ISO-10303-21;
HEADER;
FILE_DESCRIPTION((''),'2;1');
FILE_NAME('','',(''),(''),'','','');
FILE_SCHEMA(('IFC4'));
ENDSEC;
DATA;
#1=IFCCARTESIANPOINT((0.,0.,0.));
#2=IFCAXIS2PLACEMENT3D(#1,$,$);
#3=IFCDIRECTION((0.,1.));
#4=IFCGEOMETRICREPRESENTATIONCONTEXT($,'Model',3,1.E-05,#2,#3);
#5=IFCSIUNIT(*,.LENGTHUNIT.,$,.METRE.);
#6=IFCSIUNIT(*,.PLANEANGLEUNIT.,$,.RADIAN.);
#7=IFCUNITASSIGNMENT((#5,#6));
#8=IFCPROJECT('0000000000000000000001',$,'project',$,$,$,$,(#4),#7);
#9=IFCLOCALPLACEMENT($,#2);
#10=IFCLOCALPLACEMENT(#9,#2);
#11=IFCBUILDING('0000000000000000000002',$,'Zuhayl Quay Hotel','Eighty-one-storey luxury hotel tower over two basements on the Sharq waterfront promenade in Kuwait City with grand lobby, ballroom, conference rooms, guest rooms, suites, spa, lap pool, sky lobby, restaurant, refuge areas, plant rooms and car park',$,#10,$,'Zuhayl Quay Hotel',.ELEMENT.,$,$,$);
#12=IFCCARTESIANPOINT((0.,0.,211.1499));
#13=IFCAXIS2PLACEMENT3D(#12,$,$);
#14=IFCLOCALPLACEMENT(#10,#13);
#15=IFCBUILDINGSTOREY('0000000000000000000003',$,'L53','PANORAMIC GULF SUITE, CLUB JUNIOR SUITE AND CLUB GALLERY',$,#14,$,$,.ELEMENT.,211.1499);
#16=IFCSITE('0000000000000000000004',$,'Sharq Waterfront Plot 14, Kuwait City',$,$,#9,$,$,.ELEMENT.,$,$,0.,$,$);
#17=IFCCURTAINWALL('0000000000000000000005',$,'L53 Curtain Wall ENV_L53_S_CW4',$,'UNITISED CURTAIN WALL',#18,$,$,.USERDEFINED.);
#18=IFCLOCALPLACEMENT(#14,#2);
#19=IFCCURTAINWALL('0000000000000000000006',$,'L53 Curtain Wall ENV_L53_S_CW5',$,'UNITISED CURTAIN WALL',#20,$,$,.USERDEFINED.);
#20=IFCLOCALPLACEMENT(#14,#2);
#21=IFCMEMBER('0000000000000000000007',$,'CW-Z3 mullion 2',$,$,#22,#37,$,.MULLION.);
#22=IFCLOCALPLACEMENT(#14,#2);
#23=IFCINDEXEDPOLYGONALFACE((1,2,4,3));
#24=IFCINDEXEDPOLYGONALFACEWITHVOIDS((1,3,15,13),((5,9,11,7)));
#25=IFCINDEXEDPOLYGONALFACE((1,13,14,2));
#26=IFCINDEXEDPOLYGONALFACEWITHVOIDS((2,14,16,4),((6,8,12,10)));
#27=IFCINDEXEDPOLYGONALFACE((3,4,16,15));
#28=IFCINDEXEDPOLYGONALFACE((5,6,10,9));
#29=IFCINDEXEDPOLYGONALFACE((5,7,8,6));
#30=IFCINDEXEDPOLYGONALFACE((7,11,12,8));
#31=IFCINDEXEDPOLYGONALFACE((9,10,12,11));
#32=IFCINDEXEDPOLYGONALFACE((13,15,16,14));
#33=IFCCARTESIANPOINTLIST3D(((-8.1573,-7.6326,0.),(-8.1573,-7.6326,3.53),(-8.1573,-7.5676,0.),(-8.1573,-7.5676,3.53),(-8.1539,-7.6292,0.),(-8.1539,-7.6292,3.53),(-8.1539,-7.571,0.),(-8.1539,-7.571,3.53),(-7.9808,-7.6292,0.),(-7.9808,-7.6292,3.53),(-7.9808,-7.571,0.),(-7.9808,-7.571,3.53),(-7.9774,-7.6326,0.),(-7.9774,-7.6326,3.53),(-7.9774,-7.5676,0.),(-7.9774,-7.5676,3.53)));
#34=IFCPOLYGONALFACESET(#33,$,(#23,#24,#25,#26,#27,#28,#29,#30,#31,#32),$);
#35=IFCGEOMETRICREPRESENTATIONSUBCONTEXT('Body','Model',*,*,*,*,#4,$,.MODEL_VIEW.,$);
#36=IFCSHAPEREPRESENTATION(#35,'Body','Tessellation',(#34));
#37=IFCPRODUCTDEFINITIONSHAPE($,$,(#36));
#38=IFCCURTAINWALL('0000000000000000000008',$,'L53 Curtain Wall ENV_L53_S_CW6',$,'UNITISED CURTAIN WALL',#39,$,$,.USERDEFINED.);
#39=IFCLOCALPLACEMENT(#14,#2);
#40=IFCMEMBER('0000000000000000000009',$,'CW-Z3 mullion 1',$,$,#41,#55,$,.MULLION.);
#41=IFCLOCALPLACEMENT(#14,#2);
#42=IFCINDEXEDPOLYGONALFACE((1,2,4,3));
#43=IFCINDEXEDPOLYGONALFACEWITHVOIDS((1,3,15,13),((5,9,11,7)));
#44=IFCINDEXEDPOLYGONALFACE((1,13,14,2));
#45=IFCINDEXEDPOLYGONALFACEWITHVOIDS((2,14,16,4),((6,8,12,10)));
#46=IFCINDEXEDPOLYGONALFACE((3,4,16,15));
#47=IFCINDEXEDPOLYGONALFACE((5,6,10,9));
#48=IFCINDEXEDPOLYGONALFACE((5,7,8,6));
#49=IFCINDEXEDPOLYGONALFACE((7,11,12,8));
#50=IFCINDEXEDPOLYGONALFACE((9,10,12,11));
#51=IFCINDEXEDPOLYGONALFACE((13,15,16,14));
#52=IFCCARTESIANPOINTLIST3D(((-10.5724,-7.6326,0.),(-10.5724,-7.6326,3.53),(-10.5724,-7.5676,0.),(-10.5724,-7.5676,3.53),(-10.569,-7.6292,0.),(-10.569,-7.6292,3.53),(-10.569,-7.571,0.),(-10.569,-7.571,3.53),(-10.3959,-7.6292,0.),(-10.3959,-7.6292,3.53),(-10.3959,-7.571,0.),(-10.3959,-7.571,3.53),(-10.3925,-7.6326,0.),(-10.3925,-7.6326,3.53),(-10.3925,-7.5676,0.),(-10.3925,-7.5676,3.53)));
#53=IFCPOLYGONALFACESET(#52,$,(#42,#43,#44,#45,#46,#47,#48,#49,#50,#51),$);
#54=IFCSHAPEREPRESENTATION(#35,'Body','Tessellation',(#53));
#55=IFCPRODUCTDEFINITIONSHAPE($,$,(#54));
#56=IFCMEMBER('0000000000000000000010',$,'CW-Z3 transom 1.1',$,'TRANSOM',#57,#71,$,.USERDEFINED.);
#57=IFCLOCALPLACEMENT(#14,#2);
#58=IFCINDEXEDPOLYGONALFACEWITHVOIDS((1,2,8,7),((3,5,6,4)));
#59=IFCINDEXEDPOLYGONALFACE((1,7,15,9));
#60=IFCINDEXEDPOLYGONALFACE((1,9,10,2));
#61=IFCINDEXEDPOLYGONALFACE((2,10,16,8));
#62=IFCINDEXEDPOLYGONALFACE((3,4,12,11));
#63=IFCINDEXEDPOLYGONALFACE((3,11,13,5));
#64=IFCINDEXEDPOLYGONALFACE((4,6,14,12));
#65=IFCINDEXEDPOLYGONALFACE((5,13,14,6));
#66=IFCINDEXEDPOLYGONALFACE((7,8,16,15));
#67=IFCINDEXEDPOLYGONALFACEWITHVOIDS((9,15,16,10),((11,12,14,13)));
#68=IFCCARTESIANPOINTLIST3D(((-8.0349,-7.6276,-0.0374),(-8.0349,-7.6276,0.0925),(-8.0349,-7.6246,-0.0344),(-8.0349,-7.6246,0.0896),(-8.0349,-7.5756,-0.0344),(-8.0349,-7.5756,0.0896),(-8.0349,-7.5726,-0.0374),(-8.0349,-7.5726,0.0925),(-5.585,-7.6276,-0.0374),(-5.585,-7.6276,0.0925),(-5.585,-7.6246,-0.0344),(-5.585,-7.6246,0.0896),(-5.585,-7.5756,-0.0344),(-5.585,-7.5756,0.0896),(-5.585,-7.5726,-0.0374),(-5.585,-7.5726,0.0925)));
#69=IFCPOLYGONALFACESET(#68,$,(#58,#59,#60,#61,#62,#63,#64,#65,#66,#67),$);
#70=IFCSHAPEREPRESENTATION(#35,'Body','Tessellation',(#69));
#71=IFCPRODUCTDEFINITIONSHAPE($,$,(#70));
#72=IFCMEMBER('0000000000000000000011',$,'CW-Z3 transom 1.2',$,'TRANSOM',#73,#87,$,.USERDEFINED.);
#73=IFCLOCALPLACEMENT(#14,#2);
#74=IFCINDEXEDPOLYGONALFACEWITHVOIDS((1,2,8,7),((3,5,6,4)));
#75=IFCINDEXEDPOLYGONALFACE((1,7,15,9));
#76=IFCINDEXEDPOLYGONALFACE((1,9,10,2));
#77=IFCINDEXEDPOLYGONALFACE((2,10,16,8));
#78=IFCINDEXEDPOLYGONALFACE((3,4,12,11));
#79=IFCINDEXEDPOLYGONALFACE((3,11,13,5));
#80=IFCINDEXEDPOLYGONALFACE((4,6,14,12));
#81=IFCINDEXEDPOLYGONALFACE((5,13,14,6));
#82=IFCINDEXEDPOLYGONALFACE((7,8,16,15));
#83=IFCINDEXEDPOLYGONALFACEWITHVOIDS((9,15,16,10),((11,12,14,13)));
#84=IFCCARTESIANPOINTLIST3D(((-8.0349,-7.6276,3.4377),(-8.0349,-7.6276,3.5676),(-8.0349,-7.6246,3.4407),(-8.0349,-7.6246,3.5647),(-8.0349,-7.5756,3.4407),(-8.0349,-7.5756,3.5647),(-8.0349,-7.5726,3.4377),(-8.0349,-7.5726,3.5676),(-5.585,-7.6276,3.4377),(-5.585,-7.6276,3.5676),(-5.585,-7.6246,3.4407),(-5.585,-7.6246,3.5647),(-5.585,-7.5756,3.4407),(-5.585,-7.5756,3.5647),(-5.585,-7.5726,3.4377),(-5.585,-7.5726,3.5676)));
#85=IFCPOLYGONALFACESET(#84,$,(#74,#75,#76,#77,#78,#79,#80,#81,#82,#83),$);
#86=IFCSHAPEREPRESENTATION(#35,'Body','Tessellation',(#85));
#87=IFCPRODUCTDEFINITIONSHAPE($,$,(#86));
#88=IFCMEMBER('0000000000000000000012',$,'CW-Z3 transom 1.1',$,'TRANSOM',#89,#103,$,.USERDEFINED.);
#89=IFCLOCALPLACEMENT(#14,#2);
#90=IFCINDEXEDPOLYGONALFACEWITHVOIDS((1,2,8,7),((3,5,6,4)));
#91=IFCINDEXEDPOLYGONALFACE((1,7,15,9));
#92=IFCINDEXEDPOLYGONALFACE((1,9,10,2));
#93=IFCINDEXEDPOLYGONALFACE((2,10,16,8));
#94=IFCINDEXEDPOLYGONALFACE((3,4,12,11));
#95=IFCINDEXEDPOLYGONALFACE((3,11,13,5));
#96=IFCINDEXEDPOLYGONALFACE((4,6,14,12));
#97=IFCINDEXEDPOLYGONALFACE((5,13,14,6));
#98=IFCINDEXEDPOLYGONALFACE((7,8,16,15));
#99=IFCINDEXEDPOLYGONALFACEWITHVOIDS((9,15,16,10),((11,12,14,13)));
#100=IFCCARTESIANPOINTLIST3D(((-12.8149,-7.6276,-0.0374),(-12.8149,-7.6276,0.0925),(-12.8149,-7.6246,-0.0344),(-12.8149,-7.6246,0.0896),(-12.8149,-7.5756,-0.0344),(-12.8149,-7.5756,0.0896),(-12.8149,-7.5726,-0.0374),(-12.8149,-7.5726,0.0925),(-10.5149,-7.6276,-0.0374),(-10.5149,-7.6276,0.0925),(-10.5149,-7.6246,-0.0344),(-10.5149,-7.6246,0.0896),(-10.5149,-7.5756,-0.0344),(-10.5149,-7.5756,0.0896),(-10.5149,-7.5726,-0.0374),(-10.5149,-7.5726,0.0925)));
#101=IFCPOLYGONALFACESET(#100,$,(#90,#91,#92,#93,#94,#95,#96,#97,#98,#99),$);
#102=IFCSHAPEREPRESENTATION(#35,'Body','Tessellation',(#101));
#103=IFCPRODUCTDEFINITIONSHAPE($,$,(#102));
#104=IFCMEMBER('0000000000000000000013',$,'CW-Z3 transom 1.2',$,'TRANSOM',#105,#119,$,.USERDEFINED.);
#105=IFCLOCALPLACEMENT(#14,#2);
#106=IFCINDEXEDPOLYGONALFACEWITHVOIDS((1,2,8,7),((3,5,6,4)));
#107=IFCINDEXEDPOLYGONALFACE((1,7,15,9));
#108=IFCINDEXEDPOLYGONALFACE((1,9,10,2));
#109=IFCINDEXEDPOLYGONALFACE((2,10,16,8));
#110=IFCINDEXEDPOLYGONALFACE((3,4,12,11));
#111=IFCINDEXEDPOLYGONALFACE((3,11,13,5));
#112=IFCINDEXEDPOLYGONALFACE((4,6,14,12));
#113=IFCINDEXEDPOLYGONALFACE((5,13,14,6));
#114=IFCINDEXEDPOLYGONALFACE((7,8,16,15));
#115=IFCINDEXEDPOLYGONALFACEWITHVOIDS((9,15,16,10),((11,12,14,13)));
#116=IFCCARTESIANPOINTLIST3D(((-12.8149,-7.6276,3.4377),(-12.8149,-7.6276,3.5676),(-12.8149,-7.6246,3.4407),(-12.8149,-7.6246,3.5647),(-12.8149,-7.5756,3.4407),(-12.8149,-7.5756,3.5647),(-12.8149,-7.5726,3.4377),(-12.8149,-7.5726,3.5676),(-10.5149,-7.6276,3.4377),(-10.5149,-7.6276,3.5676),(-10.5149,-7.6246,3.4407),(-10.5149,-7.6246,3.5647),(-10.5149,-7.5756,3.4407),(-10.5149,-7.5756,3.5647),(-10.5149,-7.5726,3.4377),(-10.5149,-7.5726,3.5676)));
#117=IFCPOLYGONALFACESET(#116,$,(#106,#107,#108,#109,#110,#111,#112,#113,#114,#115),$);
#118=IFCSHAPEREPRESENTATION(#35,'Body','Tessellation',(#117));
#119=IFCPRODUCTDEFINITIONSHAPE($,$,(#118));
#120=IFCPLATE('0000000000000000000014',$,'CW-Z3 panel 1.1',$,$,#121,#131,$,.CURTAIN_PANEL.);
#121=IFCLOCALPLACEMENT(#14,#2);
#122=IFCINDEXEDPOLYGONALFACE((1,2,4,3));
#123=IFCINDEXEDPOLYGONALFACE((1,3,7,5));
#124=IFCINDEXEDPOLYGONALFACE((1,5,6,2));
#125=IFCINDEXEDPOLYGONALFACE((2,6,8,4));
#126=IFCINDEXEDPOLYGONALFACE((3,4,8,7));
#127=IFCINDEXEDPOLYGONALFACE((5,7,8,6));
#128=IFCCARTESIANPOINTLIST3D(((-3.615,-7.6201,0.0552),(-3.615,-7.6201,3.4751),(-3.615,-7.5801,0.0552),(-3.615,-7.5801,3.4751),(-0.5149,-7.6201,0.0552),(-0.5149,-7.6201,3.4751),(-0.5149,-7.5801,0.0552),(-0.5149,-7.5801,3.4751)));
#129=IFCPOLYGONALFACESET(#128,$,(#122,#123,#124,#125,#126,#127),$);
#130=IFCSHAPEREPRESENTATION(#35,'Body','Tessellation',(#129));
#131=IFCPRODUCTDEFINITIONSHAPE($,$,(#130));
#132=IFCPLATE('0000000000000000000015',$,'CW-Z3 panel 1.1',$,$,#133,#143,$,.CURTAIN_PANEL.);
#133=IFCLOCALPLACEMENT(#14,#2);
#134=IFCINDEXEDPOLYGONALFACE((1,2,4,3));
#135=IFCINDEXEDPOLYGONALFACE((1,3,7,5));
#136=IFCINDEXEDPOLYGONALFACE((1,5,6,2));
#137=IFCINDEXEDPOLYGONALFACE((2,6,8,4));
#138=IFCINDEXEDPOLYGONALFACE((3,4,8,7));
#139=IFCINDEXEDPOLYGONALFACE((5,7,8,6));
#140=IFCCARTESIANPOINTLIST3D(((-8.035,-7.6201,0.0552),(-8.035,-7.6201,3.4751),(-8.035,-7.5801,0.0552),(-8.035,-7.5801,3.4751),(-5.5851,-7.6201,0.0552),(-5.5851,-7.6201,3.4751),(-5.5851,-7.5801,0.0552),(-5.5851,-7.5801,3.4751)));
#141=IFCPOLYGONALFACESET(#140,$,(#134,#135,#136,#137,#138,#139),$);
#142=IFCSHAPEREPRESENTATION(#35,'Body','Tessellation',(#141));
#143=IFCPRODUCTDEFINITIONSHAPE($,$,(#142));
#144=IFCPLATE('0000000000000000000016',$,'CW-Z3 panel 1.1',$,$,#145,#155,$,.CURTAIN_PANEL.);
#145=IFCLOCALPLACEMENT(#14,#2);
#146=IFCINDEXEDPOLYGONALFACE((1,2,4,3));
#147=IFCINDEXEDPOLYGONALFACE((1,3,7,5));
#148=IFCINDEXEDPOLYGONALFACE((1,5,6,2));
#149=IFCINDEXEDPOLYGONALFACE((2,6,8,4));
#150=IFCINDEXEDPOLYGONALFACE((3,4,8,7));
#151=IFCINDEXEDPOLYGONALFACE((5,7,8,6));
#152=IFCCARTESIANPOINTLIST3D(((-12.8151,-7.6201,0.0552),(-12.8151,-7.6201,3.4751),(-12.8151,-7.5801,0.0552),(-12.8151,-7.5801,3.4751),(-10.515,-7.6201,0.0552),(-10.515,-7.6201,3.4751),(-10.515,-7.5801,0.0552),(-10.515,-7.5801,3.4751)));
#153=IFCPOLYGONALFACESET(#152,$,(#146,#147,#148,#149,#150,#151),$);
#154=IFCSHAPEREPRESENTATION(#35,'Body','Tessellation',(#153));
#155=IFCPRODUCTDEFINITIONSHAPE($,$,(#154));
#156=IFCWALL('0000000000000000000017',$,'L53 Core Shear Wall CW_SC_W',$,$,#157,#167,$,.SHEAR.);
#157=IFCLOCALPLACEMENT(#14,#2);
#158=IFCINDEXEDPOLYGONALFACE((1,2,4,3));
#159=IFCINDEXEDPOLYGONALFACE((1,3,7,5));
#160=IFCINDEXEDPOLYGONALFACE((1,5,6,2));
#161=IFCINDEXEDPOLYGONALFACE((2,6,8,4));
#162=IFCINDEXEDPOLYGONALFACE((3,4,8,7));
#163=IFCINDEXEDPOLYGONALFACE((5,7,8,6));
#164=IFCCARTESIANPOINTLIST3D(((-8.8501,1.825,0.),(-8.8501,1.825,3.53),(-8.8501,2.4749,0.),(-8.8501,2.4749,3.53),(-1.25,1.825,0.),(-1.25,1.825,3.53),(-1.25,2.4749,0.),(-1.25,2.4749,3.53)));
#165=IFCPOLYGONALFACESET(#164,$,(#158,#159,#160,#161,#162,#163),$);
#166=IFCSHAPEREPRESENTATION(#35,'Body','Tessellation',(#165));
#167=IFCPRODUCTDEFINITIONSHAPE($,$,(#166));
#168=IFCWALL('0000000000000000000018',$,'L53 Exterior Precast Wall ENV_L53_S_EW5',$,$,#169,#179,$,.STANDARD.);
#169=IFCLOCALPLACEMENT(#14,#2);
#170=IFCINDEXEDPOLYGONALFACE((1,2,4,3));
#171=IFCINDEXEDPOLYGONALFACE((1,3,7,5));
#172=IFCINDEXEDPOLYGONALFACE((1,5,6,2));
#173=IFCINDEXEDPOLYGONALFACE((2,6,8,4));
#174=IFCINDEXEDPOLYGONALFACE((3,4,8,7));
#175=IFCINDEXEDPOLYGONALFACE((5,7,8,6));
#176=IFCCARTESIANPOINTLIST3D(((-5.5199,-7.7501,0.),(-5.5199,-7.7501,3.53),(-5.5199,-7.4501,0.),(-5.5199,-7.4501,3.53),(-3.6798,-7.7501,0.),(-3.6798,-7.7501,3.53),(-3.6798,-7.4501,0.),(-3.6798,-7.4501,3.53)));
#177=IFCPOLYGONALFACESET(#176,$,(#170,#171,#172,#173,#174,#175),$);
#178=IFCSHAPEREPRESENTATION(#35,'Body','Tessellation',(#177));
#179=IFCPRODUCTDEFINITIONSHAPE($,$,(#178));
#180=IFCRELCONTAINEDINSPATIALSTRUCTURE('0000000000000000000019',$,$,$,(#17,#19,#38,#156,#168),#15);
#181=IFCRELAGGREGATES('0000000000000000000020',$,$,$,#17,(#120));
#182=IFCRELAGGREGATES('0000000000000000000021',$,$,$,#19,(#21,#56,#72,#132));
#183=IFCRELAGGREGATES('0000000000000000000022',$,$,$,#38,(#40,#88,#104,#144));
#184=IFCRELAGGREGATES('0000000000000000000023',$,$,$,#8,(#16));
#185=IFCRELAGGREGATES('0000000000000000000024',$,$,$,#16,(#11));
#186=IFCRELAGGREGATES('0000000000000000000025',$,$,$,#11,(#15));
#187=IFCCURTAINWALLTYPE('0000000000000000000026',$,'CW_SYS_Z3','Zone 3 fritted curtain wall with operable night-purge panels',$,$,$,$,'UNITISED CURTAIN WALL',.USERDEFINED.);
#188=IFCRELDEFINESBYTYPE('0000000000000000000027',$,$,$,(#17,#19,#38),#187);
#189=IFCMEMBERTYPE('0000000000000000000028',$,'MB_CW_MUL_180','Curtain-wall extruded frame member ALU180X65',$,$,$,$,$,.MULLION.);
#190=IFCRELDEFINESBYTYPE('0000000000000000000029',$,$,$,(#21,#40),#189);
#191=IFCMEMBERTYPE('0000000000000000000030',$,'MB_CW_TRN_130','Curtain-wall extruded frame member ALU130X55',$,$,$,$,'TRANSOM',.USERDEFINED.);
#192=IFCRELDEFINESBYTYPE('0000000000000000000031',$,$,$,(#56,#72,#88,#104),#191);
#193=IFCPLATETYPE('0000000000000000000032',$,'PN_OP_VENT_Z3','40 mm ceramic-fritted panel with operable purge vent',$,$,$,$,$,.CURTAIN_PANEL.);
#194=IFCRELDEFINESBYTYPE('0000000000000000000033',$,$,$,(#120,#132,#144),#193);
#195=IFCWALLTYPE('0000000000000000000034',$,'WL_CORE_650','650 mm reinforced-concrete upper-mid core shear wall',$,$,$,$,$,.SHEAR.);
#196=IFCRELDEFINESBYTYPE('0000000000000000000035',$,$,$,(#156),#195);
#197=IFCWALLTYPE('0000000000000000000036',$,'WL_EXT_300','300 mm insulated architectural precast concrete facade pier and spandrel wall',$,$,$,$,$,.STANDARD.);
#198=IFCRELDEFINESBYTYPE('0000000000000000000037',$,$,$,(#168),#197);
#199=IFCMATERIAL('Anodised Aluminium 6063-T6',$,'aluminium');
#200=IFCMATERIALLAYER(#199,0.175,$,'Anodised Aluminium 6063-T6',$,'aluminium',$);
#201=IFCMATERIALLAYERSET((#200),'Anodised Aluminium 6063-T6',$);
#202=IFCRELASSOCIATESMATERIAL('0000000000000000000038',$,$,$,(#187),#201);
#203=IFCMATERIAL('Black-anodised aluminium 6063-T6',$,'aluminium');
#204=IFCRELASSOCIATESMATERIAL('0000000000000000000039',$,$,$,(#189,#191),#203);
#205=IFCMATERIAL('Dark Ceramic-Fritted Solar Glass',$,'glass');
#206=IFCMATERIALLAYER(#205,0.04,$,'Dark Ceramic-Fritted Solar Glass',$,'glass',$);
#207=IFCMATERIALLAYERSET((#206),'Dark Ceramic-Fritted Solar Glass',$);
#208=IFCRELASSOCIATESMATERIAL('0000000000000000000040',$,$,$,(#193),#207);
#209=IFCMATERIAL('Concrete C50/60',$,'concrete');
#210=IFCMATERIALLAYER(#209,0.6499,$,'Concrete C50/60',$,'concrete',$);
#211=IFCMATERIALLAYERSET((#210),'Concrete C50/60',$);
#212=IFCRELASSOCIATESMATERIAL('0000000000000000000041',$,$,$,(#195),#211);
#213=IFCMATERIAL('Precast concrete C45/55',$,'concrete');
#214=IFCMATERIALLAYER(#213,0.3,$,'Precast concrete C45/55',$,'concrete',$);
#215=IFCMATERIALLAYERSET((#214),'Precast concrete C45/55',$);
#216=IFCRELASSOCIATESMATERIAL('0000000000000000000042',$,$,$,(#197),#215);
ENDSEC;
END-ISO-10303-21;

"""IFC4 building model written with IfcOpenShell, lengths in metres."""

from ifc_helpers import new_model, si_unit, direction, frame, frame_2d, origin, origin_2d, place, context, subcontext, project, spatial, rectangle, hollow_rectangle, extrude, material, layer, layer_set, material_profile, profile_set, type_object, element, aggregate, save


model = new_model("IFC4")

# Units and contexts
model_context = context("Model", 3, precision=1e-05, world=origin(), true_north=direction((0.0, 1.0)))
body_context = subcontext(model_context, "Body", "Model", "MODEL_VIEW")
ifc_project = project(units=[si_unit("LENGTHUNIT", "METRE"), si_unit("PLANEANGLEUNIT", "RADIAN")], contexts=[model_context])

# Site, building, storey
site_placement = place(None, origin())
site = spatial("IfcSite", under=ifc_project, at=site_placement, Name="Sharq Waterfront Plot 14, Kuwait City", CompositionType="ELEMENT", RefElevation=0.0)
building_placement = place(site_placement, origin())
building = spatial("IfcBuilding", under=site, at=building_placement, Name="Zuhayl Quay Hotel", Description="Eighty-one-storey luxury hotel tower over two basements on the Sharq waterfront promenade in Kuwait City with grand lobby, ballroom, conference rooms, guest rooms, suites, spa, lap pool, sky lobby, restaurant, refuge areas, plant rooms and car park", LongName="Zuhayl Quay Hotel", CompositionType="ELEMENT")
storey_placement = place(building_placement, frame((0.0, 0.0, 211.1499)))
storey = spatial("IfcBuildingStorey", under=building, at=storey_placement, Name="L53", Description="PANORAMIC GULF SUITE, CLUB JUNIOR SUITE AND CLUB GALLERY", CompositionType="ELEMENT", Elevation=211.1499)

# Curtain wall
ifc_material_1 = material(Name="Anodised Aluminium 6063-T6", Category="aluminium")
ifc_layer_1 = layer(ifc_material_1, 0.175, Name="Anodised Aluminium 6063-T6", Category="aluminium")
ifc_layer_set_1 = layer_set([ifc_layer_1], Name="Anodised Aluminium 6063-T6")
curtain_wall_type = type_object("IfcCurtainWallType", Name="CW_SYS_Z3", Description="Zone 3 fritted curtain wall with operable night-purge panels", ElementType="UNITISED CURTAIN WALL", PredefinedType="USERDEFINED", material=ifc_layer_set_1)
curtain_wall_1_placement = place(storey_placement, origin())
curtain_wall_1 = element("IfcCurtainWall", 1, at=curtain_wall_1_placement, inside=storey, type_object=curtain_wall_type, Name="L53 Curtain Wall ENV_L53_S_CW4", ObjectType="UNITISED CURTAIN WALL", PredefinedType="USERDEFINED")
ifc_material_2 = material(Name="Black-anodised aluminium 6063-T6", Category="aluminium")
ifc_material_profile_1 = material_profile(ifc_material_2, hollow_rectangle(XDim=0.0649, YDim=0.1799, WallThickness=0.0034, at=origin_2d()), Name="ALU180X65")
ifc_profile_set_1 = profile_set([ifc_material_profile_1], Name="Black-anodised aluminium 6063-T6")
member_type_1 = type_object("IfcMemberType", Name="MB_CW_MUL_180", Description="Curtain-wall extruded frame member ALU180X65", PredefinedType="MULLION", material=ifc_profile_set_1)

# Curtain wall, member
curtain_wall_2_placement = place(storey_placement, origin())
curtain_wall_2 = element("IfcCurtainWall", 2, at=curtain_wall_2_placement, inside=storey, type_object=curtain_wall_type, Name="L53 Curtain Wall ENV_L53_S_CW5", ObjectType="UNITISED CURTAIN WALL", PredefinedType="USERDEFINED")
member_1_placement = place(storey_placement, frame((-8.0674, -7.6001, 0.0), z_axis=(0.0, 0.0, 1.0), x_axis=(0.0, -1.0, 0.0)))
member_1 = element("IfcMember", 3, at=member_1_placement, type_object=member_type_1, Name="CW-Z3 mullion 2", PredefinedType="MULLION", context=body_context, shape_type="SweptSolid", body=[
    extrude(hollow_rectangle(XDim=0.0649, YDim=0.1799, WallThickness=0.0034, at=origin_2d()), origin(), (0.0, 0.0, 1.0), 3.53),
])

# Curtain wall, member
curtain_wall_3_placement = place(storey_placement, origin())
curtain_wall_3 = element("IfcCurtainWall", 4, at=curtain_wall_3_placement, inside=storey, type_object=curtain_wall_type, Name="L53 Curtain Wall ENV_L53_S_CW6", ObjectType="UNITISED CURTAIN WALL", PredefinedType="USERDEFINED")
member_2_placement = place(storey_placement, frame((-10.4824, -7.6001, 0.0), z_axis=(0.0, 0.0, 1.0), x_axis=(0.0, -1.0, 0.0)))
member_2 = element("IfcMember", 5, at=member_2_placement, type_object=member_type_1, Name="CW-Z3 mullion 1", PredefinedType="MULLION", context=body_context, shape_type="SweptSolid", body=[
    extrude(hollow_rectangle(XDim=0.0649, YDim=0.1799, WallThickness=0.0034, at=origin_2d()), origin(), (0.0, 0.0, 1.0), 3.53),
])

# Members
ifc_material_profile_2 = material_profile(ifc_material_2, hollow_rectangle(XDim=0.0549, YDim=0.1299, WallThickness=0.0029, at=origin_2d()), Name="ALU130X55")
ifc_profile_set_2 = profile_set([ifc_material_profile_2], Name="Black-anodised aluminium 6063-T6")
member_type_2 = type_object("IfcMemberType", Name="MB_CW_TRN_130", Description="Curtain-wall extruded frame member ALU130X55", ElementType="TRANSOM", PredefinedType="USERDEFINED", material=ifc_profile_set_2)
member_3_placement = place(storey_placement, frame((-5.585, -7.6001, 0.0276), z_axis=(-1.0, 0.0, 0.0), x_axis=(0.0, -1.0, 0.0)))
member_3 = element("IfcMember", 6, at=member_3_placement, type_object=member_type_2, Name="CW-Z3 transom 1.1", ObjectType="TRANSOM", PredefinedType="USERDEFINED", context=body_context, shape_type="SweptSolid", body=[
    extrude(hollow_rectangle(XDim=0.0549, YDim=0.1299, WallThickness=0.0029, at=origin_2d()), origin(), (0.0, 0.0, 1.0), 2.45),
])
member_4_placement = place(storey_placement, frame((-5.585, -7.6001, 3.5027), z_axis=(-1.0, 0.0, 0.0), x_axis=(0.0, -1.0, 0.0)))
member_4 = element("IfcMember", 7, at=member_4_placement, type_object=member_type_2, Name="CW-Z3 transom 1.2", ObjectType="TRANSOM", PredefinedType="USERDEFINED", context=body_context, shape_type="SweptSolid", body=[
    extrude(hollow_rectangle(XDim=0.0549, YDim=0.1299, WallThickness=0.0029, at=origin_2d()), origin(), (0.0, 0.0, 1.0), 2.45),
])
member_5_placement = place(storey_placement, frame((-10.5149, -7.6001, 0.0276), z_axis=(-1.0, 0.0, 0.0), x_axis=(0.0, -1.0, 0.0)))
member_5 = element("IfcMember", 8, at=member_5_placement, type_object=member_type_2, Name="CW-Z3 transom 1.1", ObjectType="TRANSOM", PredefinedType="USERDEFINED", context=body_context, shape_type="SweptSolid", body=[
    extrude(hollow_rectangle(XDim=0.0549, YDim=0.1299, WallThickness=0.0029, at=origin_2d()), origin(), (0.0, 0.0, 1.0), 2.3),
])
member_6_placement = place(storey_placement, frame((-10.5149, -7.6001, 3.5027), z_axis=(-1.0, 0.0, 0.0), x_axis=(0.0, -1.0, 0.0)))
member_6 = element("IfcMember", 9, at=member_6_placement, type_object=member_type_2, Name="CW-Z3 transom 1.2", ObjectType="TRANSOM", PredefinedType="USERDEFINED", context=body_context, shape_type="SweptSolid", body=[
    extrude(hollow_rectangle(XDim=0.0549, YDim=0.1299, WallThickness=0.0029, at=origin_2d()), origin(), (0.0, 0.0, 1.0), 2.3),
])

# Plates
ifc_material_3 = material(Name="Dark Ceramic-Fritted Solar Glass", Category="glass")
ifc_layer_2 = layer(ifc_material_3, 0.04, Name="Dark Ceramic-Fritted Solar Glass", Category="glass")
ifc_layer_set_2 = layer_set([ifc_layer_2], Name="Dark Ceramic-Fritted Solar Glass")
plate_type = type_object("IfcPlateType", Name="PN_OP_VENT_Z3", Description="40 mm ceramic-fritted panel with operable purge vent", PredefinedType="CURTAIN_PANEL", material=ifc_layer_set_2)
plate_1_placement = place(storey_placement, frame((-2.0649, -7.6001, 0.0552), z_axis=(0.0, 0.0, 1.0), x_axis=(-1.0, 0.0, 0.0)))
plate_1 = element("IfcPlate", 10, at=plate_1_placement, type_object=plate_type, Name="CW-Z3 panel 1.1", PredefinedType="CURTAIN_PANEL", context=body_context, shape_type="SweptSolid", body=[
    extrude(rectangle(XDim=3.1001, YDim=0.04, at=origin_2d()), origin(), (0.0, 0.0, 1.0), 3.4199),
])
aggregate(curtain_wall_1, [plate_1])
plate_2_placement = place(storey_placement, frame((-6.8101, -7.6001, 0.0552), z_axis=(0.0, 0.0, 1.0), x_axis=(-1.0, 0.0, 0.0)))
plate_2 = element("IfcPlate", 11, at=plate_2_placement, type_object=plate_type, Name="CW-Z3 panel 1.1", PredefinedType="CURTAIN_PANEL", context=body_context, shape_type="SweptSolid", body=[
    extrude(rectangle(XDim=2.45, YDim=0.04, at=origin_2d()), origin(), (0.0, 0.0, 1.0), 3.4199),
])
aggregate(curtain_wall_2, [member_1, member_3, member_4, plate_2])
plate_3_placement = place(storey_placement, frame((-11.665, -7.6001, 0.0552), z_axis=(0.0, 0.0, 1.0), x_axis=(-1.0, 0.0, 0.0)))
plate_3 = element("IfcPlate", 12, at=plate_3_placement, type_object=plate_type, Name="CW-Z3 panel 1.1", PredefinedType="CURTAIN_PANEL", context=body_context, shape_type="SweptSolid", body=[
    extrude(rectangle(XDim=2.3, YDim=0.04, at=origin_2d()), origin(), (0.0, 0.0, 1.0), 3.4199),
])
aggregate(curtain_wall_3, [member_2, member_5, member_6, plate_3])

# Walls
ifc_material_4 = material(Name="Concrete C50/60", Category="concrete")
ifc_layer_3 = layer(ifc_material_4, 0.6499, Name="Concrete C50/60", Category="concrete")
ifc_layer_set_3 = layer_set([ifc_layer_3], Name="Concrete C50/60")
wall_type_1 = type_object("IfcWallType", Name="WL_CORE_650", Description="650 mm reinforced-concrete upper-mid core shear wall", PredefinedType="SHEAR", material=ifc_layer_set_3)
wall_1_placement = place(storey_placement, frame((-8.8501, 2.1499, 0.0), z_axis=(0.0, 0.0, 1.0), x_axis=(1.0, 0.0, 0.0)))
element("IfcWall", 13, at=wall_1_placement, inside=storey, type_object=wall_type_1, Name="L53 Core Shear Wall CW_SC_W", PredefinedType="SHEAR", context=body_context, shape_type="SweptSolid", body=[
    extrude(rectangle(XDim=7.6001, YDim=0.6499, at=frame_2d((3.8, 0.0))), origin(), (0.0, 0.0, 1.0), 3.53),
])
ifc_material_5 = material(Name="Precast concrete C45/55", Category="concrete")
ifc_layer_4 = layer(ifc_material_5, 0.3, Name="Precast concrete C45/55", Category="concrete")
ifc_layer_set_4 = layer_set([ifc_layer_4], Name="Precast concrete C45/55")
wall_type_2 = type_object("IfcWallType", Name="WL_EXT_300", Description="300 mm insulated architectural precast concrete facade pier and spandrel wall", PredefinedType="STANDARD", material=ifc_layer_set_4)
wall_2_placement = place(storey_placement, frame((-3.6799, -7.6001, 0.0), z_axis=(0.0, 0.0, 1.0), x_axis=(-1.0, 0.0, 0.0)))
element("IfcWall", 14, at=wall_2_placement, inside=storey, type_object=wall_type_2, Name="L53 Exterior Precast Wall ENV_L53_S_EW5", PredefinedType="STANDARD", context=body_context, shape_type="SweptSolid", body=[
    extrude(rectangle(XDim=1.8401, YDim=0.3, at=frame_2d((0.9199, 0.0))), origin(), (0.0, 0.0, 1.0), 3.53),
])

save(model, "model.ifc")
